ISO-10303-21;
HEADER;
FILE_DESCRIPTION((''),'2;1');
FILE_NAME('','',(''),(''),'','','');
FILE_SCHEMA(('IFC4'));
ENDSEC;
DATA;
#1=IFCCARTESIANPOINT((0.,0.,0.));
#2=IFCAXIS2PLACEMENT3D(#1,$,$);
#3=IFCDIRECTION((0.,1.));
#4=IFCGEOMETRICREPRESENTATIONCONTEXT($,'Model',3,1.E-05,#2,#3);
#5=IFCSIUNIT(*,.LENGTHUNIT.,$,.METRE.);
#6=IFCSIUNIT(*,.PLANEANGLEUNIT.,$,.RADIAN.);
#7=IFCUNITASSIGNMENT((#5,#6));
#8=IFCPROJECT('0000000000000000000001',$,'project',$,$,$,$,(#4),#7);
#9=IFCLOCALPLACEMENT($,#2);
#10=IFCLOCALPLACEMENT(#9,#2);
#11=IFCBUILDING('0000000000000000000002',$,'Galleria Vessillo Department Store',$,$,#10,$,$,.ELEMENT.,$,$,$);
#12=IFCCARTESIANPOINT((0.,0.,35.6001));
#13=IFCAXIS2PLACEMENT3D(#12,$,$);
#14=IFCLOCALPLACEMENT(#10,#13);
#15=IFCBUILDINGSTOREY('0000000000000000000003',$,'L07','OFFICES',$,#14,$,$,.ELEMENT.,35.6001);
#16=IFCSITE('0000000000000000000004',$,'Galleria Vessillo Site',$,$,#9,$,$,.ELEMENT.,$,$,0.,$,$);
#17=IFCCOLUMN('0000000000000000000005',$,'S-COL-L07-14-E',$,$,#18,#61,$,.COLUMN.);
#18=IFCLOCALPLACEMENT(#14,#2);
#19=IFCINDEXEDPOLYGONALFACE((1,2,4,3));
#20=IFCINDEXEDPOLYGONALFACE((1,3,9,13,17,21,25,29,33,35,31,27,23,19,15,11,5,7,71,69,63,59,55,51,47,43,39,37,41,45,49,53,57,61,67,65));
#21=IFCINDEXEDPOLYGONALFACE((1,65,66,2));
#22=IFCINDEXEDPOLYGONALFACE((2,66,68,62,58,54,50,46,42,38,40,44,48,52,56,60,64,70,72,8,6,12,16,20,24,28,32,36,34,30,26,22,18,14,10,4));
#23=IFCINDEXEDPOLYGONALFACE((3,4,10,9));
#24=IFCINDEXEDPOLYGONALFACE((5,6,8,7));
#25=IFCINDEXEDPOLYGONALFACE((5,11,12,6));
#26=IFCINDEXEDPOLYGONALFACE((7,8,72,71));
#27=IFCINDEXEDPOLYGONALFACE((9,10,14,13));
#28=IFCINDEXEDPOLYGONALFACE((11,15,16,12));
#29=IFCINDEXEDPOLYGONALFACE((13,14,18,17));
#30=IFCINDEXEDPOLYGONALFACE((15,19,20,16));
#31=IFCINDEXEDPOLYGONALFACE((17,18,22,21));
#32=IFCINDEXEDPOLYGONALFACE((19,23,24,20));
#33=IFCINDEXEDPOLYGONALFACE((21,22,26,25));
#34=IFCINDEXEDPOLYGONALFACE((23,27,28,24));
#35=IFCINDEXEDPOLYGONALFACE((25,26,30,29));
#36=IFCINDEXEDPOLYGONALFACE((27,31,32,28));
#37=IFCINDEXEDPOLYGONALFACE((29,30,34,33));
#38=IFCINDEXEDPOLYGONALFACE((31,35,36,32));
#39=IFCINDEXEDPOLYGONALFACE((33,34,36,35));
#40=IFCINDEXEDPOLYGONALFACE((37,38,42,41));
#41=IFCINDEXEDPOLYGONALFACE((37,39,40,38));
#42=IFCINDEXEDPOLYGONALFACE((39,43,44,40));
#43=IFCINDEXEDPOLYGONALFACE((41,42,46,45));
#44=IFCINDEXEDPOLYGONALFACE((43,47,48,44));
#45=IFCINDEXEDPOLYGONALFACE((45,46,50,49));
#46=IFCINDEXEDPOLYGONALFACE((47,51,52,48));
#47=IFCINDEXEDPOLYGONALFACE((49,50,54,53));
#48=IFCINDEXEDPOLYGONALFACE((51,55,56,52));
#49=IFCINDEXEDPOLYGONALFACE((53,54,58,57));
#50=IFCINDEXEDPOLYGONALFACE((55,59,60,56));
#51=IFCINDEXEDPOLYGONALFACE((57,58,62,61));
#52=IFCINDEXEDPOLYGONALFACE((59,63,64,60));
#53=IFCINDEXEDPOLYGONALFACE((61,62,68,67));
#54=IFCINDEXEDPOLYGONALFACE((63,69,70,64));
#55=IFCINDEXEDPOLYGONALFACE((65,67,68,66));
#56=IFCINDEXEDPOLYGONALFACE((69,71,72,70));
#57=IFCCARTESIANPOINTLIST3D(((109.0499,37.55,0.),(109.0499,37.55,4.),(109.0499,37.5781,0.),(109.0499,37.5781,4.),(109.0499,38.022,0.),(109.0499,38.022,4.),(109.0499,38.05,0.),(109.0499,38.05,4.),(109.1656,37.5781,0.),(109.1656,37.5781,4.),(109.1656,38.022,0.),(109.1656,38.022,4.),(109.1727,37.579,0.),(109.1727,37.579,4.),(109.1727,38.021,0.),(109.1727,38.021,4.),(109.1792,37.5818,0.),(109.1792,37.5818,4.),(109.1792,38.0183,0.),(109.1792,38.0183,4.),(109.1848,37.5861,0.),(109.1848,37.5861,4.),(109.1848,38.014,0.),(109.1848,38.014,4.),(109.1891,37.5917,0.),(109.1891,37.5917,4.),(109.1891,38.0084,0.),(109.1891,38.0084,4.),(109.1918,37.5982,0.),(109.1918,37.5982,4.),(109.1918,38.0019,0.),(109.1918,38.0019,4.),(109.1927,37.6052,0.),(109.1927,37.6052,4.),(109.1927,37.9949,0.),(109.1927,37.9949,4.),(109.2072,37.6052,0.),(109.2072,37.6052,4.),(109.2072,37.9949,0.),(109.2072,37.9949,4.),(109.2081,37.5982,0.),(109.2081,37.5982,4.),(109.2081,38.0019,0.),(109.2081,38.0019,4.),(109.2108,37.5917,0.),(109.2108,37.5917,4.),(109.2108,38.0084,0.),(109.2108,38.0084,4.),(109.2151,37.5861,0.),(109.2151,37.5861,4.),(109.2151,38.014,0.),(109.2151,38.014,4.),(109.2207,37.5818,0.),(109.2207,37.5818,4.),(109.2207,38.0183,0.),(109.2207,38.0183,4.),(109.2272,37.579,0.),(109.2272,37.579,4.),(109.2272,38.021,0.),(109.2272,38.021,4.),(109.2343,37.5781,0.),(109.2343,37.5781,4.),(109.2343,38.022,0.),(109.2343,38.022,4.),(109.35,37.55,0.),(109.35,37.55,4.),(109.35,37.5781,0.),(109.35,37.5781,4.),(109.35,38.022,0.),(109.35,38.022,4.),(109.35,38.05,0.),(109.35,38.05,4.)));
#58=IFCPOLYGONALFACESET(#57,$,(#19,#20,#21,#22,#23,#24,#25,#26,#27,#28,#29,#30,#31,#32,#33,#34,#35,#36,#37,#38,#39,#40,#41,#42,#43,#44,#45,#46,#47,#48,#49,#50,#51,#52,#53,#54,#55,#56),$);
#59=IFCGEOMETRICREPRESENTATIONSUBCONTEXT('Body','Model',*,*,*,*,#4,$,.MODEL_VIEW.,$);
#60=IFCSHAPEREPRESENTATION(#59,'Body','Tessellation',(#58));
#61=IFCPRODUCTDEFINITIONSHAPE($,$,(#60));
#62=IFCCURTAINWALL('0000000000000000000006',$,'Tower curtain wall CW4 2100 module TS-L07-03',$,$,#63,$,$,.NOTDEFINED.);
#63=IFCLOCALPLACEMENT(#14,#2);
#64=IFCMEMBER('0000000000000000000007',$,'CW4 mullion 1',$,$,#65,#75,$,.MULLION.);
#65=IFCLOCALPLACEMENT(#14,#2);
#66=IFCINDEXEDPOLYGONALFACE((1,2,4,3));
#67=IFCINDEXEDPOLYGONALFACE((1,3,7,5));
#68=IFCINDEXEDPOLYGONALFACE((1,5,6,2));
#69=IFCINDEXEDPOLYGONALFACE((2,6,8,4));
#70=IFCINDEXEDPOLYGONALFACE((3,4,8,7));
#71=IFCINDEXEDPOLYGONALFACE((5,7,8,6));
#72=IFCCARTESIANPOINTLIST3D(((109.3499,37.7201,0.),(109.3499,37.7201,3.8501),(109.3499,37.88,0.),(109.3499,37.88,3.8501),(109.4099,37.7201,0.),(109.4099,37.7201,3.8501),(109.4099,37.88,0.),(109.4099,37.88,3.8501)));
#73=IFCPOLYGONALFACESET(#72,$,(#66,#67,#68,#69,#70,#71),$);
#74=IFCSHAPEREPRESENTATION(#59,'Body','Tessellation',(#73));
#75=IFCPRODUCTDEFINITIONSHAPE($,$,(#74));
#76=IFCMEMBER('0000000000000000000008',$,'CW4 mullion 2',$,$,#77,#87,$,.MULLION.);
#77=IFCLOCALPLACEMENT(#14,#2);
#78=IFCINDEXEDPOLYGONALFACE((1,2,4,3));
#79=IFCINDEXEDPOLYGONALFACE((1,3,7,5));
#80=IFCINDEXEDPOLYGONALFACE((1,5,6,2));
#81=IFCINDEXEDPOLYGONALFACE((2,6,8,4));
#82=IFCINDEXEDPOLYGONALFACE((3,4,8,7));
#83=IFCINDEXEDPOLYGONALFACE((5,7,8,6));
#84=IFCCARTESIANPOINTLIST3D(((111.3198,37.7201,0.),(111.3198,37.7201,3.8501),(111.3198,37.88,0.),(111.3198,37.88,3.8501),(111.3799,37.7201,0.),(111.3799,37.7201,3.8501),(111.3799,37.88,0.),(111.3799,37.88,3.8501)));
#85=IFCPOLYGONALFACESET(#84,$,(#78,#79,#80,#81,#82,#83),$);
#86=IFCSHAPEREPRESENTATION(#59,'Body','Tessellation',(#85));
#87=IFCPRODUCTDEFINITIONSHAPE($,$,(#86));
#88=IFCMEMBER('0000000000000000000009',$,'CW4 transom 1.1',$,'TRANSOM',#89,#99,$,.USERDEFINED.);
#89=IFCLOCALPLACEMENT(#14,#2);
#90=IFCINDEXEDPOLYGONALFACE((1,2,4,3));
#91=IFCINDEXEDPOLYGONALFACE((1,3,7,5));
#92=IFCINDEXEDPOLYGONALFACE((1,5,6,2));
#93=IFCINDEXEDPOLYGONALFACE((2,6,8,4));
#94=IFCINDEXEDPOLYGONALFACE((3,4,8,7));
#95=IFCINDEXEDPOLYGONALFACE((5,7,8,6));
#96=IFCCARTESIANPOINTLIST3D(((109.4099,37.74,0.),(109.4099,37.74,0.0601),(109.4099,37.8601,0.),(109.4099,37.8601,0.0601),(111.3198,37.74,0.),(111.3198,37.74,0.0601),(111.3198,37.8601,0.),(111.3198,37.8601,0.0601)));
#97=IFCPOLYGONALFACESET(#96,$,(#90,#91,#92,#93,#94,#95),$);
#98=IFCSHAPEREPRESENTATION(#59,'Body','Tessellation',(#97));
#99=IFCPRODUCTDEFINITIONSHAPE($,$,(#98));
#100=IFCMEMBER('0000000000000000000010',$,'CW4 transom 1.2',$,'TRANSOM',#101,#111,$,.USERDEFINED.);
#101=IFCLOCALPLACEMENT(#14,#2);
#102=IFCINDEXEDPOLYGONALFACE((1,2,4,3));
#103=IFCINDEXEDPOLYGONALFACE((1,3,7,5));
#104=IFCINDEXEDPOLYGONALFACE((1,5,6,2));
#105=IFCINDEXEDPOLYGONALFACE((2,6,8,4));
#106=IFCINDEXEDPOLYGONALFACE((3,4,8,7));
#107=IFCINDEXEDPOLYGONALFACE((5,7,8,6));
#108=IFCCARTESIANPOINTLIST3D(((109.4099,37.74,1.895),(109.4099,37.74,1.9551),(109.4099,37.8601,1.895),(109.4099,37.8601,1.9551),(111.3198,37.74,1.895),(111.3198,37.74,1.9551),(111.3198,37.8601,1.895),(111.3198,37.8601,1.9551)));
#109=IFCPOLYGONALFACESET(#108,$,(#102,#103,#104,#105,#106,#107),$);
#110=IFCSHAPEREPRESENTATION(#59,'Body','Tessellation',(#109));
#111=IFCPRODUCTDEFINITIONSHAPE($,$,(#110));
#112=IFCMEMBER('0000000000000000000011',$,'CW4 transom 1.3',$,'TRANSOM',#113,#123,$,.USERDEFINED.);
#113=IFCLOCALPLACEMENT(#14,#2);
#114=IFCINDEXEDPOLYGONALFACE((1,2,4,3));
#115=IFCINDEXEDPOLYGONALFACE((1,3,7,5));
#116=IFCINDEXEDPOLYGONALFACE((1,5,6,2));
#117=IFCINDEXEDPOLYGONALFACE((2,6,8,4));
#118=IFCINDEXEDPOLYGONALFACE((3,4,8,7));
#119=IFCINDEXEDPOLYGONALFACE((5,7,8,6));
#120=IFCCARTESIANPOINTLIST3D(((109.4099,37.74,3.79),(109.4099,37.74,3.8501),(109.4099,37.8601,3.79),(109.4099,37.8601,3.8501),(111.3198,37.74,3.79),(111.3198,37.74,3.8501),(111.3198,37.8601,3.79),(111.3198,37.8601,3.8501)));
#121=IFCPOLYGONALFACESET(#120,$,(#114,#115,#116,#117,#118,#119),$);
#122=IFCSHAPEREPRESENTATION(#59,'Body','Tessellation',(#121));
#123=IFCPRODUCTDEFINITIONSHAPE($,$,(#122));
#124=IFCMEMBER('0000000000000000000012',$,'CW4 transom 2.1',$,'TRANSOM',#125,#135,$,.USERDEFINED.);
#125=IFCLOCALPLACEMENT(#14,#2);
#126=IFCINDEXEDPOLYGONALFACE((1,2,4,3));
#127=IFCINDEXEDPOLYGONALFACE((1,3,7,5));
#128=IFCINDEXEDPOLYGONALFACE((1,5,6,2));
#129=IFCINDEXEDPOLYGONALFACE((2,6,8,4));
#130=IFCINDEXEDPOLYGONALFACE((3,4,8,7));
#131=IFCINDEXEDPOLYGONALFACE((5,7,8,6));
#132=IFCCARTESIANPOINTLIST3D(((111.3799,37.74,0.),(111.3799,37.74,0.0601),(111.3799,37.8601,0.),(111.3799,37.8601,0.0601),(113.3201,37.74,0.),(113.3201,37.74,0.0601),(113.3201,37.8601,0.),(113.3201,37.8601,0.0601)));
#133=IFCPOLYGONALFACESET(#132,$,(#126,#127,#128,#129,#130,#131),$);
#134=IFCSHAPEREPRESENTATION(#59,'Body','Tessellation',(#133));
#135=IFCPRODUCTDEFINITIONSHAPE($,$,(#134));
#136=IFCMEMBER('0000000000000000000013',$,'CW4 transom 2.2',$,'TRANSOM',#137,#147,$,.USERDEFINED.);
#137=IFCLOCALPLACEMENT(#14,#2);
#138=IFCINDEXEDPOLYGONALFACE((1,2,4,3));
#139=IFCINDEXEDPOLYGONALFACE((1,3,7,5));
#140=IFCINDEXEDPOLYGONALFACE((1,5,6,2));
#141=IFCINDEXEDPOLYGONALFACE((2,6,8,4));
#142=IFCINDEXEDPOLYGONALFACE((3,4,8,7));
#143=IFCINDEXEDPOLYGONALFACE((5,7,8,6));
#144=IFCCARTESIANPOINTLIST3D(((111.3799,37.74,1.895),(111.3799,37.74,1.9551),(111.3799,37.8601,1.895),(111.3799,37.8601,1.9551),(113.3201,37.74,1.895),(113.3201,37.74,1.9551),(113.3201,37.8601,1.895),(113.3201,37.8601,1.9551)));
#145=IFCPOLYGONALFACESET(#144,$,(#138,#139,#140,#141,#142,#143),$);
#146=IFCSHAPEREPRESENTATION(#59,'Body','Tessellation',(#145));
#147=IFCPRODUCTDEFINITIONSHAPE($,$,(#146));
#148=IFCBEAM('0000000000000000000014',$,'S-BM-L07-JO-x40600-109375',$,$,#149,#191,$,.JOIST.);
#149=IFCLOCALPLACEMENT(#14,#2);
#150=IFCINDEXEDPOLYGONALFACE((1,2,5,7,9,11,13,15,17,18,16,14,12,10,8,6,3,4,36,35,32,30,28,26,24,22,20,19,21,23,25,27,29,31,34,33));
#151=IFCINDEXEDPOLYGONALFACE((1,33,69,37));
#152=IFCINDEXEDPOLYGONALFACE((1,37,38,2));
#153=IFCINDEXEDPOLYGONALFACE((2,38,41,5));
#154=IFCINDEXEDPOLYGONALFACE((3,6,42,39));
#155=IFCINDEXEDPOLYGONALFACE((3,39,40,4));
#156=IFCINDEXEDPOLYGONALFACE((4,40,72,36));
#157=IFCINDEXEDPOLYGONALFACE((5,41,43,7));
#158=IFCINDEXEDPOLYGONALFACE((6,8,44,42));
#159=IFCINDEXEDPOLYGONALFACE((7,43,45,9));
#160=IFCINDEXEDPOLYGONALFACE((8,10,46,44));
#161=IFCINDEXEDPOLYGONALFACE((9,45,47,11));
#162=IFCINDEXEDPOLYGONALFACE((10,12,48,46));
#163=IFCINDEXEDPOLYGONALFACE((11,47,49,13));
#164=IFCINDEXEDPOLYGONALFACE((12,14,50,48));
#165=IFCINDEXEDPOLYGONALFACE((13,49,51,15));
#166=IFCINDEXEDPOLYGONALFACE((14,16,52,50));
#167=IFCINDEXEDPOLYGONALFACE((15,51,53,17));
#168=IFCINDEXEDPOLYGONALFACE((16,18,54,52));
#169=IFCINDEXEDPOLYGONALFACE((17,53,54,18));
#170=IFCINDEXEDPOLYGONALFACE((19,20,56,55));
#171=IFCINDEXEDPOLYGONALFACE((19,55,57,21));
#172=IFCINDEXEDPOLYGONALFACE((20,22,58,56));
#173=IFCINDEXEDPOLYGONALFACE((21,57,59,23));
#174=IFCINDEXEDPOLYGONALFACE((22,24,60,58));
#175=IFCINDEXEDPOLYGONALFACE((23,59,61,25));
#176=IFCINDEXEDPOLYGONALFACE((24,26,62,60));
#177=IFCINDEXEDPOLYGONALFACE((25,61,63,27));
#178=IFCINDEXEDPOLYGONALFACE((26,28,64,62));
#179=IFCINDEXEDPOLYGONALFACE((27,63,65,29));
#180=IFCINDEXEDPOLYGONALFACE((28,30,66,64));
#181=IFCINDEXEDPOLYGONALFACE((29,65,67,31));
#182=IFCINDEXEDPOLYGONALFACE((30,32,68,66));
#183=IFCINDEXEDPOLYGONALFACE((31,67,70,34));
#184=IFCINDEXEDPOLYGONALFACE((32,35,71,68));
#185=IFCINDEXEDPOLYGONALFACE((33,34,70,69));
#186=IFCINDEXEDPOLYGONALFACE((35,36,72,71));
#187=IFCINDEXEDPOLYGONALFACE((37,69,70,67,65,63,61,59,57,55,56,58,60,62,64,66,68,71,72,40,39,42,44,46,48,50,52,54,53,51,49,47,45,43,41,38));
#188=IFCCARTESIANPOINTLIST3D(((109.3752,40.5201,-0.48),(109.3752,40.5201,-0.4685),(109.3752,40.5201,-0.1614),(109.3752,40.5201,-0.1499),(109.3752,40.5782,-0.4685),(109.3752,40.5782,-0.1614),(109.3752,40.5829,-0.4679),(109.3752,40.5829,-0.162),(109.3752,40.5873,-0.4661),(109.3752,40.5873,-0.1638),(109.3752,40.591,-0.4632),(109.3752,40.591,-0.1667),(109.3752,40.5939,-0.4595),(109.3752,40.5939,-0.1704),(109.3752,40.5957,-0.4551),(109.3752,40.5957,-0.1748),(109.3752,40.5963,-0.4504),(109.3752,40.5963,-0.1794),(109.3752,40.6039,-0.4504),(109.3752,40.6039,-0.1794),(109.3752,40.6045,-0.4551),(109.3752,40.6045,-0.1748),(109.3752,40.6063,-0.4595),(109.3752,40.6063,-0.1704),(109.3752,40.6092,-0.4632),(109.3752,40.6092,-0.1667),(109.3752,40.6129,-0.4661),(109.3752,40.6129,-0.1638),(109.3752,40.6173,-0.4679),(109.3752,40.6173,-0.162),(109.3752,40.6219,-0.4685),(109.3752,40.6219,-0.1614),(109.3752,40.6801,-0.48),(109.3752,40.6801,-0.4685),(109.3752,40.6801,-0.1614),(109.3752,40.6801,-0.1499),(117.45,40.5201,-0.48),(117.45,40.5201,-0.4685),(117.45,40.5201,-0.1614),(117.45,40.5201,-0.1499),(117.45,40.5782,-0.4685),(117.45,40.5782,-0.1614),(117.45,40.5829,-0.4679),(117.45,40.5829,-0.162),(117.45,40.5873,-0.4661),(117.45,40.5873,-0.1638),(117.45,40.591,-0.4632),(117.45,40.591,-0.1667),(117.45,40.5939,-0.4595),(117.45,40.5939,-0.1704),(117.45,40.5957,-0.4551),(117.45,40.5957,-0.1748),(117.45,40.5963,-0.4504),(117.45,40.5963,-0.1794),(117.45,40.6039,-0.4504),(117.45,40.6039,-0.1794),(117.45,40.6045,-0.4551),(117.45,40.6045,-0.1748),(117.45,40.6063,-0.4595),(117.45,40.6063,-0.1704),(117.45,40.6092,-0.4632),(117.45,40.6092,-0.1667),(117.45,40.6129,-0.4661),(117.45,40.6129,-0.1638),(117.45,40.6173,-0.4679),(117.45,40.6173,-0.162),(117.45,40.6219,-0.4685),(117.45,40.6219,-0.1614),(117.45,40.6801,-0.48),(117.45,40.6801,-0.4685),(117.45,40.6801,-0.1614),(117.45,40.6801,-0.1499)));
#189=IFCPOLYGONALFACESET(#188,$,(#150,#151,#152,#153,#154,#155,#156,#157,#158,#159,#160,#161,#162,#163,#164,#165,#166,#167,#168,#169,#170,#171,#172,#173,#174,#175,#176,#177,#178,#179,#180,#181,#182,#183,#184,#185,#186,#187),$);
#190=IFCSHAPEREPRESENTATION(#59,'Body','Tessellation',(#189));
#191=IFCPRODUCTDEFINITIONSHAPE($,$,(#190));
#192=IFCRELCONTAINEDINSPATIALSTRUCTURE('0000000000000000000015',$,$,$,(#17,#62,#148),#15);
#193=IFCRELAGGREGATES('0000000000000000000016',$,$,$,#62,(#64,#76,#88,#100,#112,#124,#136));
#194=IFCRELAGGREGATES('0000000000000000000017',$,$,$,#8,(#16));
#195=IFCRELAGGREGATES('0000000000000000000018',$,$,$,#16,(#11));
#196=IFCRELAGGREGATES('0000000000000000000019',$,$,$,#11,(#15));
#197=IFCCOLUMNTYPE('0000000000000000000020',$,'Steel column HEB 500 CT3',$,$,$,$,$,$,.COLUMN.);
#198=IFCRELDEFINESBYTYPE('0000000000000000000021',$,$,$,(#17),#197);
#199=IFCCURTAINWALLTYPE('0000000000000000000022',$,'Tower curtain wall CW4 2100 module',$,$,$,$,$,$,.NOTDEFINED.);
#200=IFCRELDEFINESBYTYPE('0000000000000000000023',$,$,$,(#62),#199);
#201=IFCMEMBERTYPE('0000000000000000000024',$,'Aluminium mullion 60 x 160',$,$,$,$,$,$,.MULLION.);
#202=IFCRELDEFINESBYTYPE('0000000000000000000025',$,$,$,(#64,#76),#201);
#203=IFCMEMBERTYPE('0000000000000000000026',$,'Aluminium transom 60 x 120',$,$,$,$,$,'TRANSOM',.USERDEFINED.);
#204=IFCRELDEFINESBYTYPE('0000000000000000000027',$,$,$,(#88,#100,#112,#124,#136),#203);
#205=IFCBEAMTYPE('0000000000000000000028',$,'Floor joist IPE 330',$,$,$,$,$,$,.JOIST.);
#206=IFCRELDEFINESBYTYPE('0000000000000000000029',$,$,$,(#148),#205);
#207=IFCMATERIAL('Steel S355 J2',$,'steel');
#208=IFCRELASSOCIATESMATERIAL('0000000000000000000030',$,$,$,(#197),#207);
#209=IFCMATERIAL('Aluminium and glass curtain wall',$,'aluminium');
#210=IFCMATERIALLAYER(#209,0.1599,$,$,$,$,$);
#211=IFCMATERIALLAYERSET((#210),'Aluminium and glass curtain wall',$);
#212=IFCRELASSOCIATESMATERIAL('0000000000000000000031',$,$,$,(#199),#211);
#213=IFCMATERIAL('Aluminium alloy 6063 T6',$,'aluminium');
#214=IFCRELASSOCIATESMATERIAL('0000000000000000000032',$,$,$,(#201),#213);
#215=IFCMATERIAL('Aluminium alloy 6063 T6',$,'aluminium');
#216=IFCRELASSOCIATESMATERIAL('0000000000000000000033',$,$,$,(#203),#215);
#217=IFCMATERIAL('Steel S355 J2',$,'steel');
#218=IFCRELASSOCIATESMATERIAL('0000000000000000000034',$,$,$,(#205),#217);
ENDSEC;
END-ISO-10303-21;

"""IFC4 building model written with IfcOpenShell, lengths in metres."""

from ifc_helpers import new_model, si_unit, direction, frame, origin, origin_2d, place, context, subcontext, project, spatial, rectangle, i_section, extrude, material, layer, layer_set, material_profile, profile_set, type_object, element, aggregate, save


model = new_model("IFC4")

# Units and contexts
model_context = context("Model", 3, precision=1e-05, world=origin(), true_north=direction((0.0, 1.0)))
body_context = subcontext(model_context, "Body", "Model", "MODEL_VIEW")
ifc_project = project(units=[si_unit("LENGTHUNIT", "METRE"), si_unit("PLANEANGLEUNIT", "RADIAN")], contexts=[model_context])

# Site, building, storey
site_placement = place(None, origin())
site = spatial("IfcSite", under=ifc_project, at=site_placement, Name="Galleria Vessillo Site", CompositionType="ELEMENT", RefElevation=0.0)
building_placement = place(site_placement, origin())
building = spatial("IfcBuilding", under=site, at=building_placement, Name="Galleria Vessillo Department Store", CompositionType="ELEMENT")
storey_placement = place(building_placement, frame((0.0, 0.0, 35.6001)))
storey = spatial("IfcBuildingStorey", under=building, at=storey_placement, Name="L07", Description="OFFICES", CompositionType="ELEMENT", Elevation=35.6001)

# Column
ifc_material_1 = material(Name="Steel S355 J2", Category="steel")
ifc_material_profile_1 = material_profile(ifc_material_1, i_section(OverallWidth=0.3, OverallDepth=0.5, WebThickness=0.0144, FlangeThickness=0.0281, FilletRadius=0.0271, at=origin_2d()), Name="HEB 500")
ifc_profile_set_1 = profile_set([ifc_material_profile_1], Name="Steel S355 J2")
column_type = type_object("IfcColumnType", Name="Steel column HEB 500 CT3", PredefinedType="COLUMN", material=ifc_profile_set_1)
column_placement = place(storey_placement, frame((109.2, 37.8, 0.0), z_axis=(0.0, 0.0, 1.0), x_axis=(1.0, 0.0, 0.0)))
element("IfcColumn", 1, at=column_placement, inside=storey, type_object=column_type, Name="S-COL-L07-14-E", PredefinedType="COLUMN", context=body_context, shape_type="SweptSolid", body=[
    extrude(i_section(OverallWidth=0.3, OverallDepth=0.5, WebThickness=0.0144, FlangeThickness=0.0281, FilletRadius=0.0271, at=origin_2d()), origin(), (0.0, 0.0, 1.0), 4.0),
])

# Curtain wall, members
ifc_material_2 = material(Name="Aluminium and glass curtain wall", Category="aluminium")
ifc_layer_1 = layer(ifc_material_2, 0.1599)
ifc_layer_set_1 = layer_set([ifc_layer_1], Name="Aluminium and glass curtain wall")
curtain_wall_type = type_object("IfcCurtainWallType", Name="Tower curtain wall CW4 2100 module", PredefinedType="NOTDEFINED", material=ifc_layer_set_1)
curtain_wall_placement = place(storey_placement, origin())
curtain_wall = element("IfcCurtainWall", 2, at=curtain_wall_placement, inside=storey, type_object=curtain_wall_type, Name="Tower curtain wall CW4 2100 module TS-L07-03", PredefinedType="NOTDEFINED")
ifc_material_3 = material(Name="Aluminium alloy 6063 T6", Category="aluminium")
ifc_material_profile_2 = material_profile(ifc_material_3, rectangle(XDim=0.1599, YDim=0.0601, at=origin_2d()), Name="AL 60x160")
ifc_profile_set_2 = profile_set([ifc_material_profile_2], Name="Aluminium alloy 6063 T6")
member_type_1 = type_object("IfcMemberType", Name="Aluminium mullion 60 x 160", PredefinedType="MULLION", material=ifc_profile_set_2)
member_1_placement = place(storey_placement, frame((109.3799, 37.8, 0.0), z_axis=(0.0, 0.0, 1.0), x_axis=(0.0, 1.0, 0.0)))
member_1 = element("IfcMember", 3, at=member_1_placement, type_object=member_type_1, Name="CW4 mullion 1", PredefinedType="MULLION", context=body_context, shape_type="SweptSolid", body=[
    extrude(rectangle(XDim=0.1599, YDim=0.0601, at=origin_2d()), origin(), (0.0, 0.0, 1.0), 3.8501),
])
member_2_placement = place(storey_placement, frame((111.3499, 37.8, 0.0), z_axis=(0.0, 0.0, 1.0), x_axis=(0.0, 1.0, 0.0)))
member_2 = element("IfcMember", 4, at=member_2_placement, type_object=member_type_1, Name="CW4 mullion 2", PredefinedType="MULLION", context=body_context, shape_type="SweptSolid", body=[
    extrude(rectangle(XDim=0.1599, YDim=0.0601, at=origin_2d()), origin(), (0.0, 0.0, 1.0), 3.8501),
])
ifc_material_4 = material(Name="Aluminium alloy 6063 T6", Category="aluminium")
ifc_material_profile_3 = material_profile(ifc_material_4, rectangle(XDim=0.1201, YDim=0.0601, at=origin_2d()), Name="AL 60x120")
ifc_profile_set_3 = profile_set([ifc_material_profile_3], Name="Aluminium alloy 6063 T6")
member_type_2 = type_object("IfcMemberType", Name="Aluminium transom 60 x 120", ElementType="TRANSOM", PredefinedType="USERDEFINED", material=ifc_profile_set_3)
member_3_placement = place(storey_placement, frame((109.4099, 37.8, 0.03), z_axis=(1.0, 0.0, 0.0), x_axis=(0.0, 1.0, 0.0)))
member_3 = element("IfcMember", 5, at=member_3_placement, type_object=member_type_2, Name="CW4 transom 1.1", ObjectType="TRANSOM", PredefinedType="USERDEFINED", context=body_context, shape_type="SweptSolid", body=[
    extrude(rectangle(XDim=0.1201, YDim=0.0601, at=origin_2d()), origin(), (0.0, 0.0, 1.0), 1.9099),
])
member_4_placement = place(storey_placement, frame((109.4099, 37.8, 1.925), z_axis=(1.0, 0.0, 0.0), x_axis=(0.0, 1.0, 0.0)))
member_4 = element("IfcMember", 6, at=member_4_placement, type_object=member_type_2, Name="CW4 transom 1.2", ObjectType="TRANSOM", PredefinedType="USERDEFINED", context=body_context, shape_type="SweptSolid", body=[
    extrude(rectangle(XDim=0.1201, YDim=0.0601, at=origin_2d()), origin(), (0.0, 0.0, 1.0), 1.9099),
])
member_5_placement = place(storey_placement, frame((109.4099, 37.8, 3.8201), z_axis=(1.0, 0.0, 0.0), x_axis=(0.0, 1.0, 0.0)))
member_5 = element("IfcMember", 7, at=member_5_placement, type_object=member_type_2, Name="CW4 transom 1.3", ObjectType="TRANSOM", PredefinedType="USERDEFINED", context=body_context, shape_type="SweptSolid", body=[
    extrude(rectangle(XDim=0.1201, YDim=0.0601, at=origin_2d()), origin(), (0.0, 0.0, 1.0), 1.9099),
])
member_6_placement = place(storey_placement, frame((111.3799, 37.8, 0.03), z_axis=(1.0, 0.0, 0.0), x_axis=(0.0, 1.0, 0.0)))
member_6 = element("IfcMember", 8, at=member_6_placement, type_object=member_type_2, Name="CW4 transom 2.1", ObjectType="TRANSOM", PredefinedType="USERDEFINED", context=body_context, shape_type="SweptSolid", body=[
    extrude(rectangle(XDim=0.1201, YDim=0.0601, at=origin_2d()), origin(), (0.0, 0.0, 1.0), 1.9402),
])
member_7_placement = place(storey_placement, frame((111.3799, 37.8, 1.925), z_axis=(1.0, 0.0, 0.0), x_axis=(0.0, 1.0, 0.0)))
member_7 = element("IfcMember", 9, at=member_7_placement, type_object=member_type_2, Name="CW4 transom 2.2", ObjectType="TRANSOM", PredefinedType="USERDEFINED", context=body_context, shape_type="SweptSolid", body=[
    extrude(rectangle(XDim=0.1201, YDim=0.0601, at=origin_2d()), origin(), (0.0, 0.0, 1.0), 1.9402),
])

# Beam
ifc_material_5 = material(Name="Steel S355 J2", Category="steel")
ifc_material_profile_4 = material_profile(ifc_material_5, i_section(OverallWidth=0.1599, OverallDepth=0.3301, WebThickness=0.0076, FlangeThickness=0.0115, FilletRadius=0.0181, at=origin_2d()), Name="IPE 330")
ifc_profile_set_4 = profile_set([ifc_material_profile_4], Name="Steel S355 J2")
beam_type = type_object("IfcBeamType", Name="Floor joist IPE 330", PredefinedType="JOIST", material=ifc_profile_set_4)
for number, where, z_axis, x_axis, name in (
    (10, (109.3752, 40.6001, -0.3149), (1.0, 0.0, 0.0), (0.0, 1.0, 0.0), "S-BM-L07-JO-x40600-109375"),
):
    element("IfcBeam", number, at=place(storey_placement, frame(where, z_axis=z_axis, x_axis=x_axis)), inside=storey, type_object=beam_type, Name=name, PredefinedType="JOIST", context=body_context, shape_type="SweptSolid", body=[
        extrude(i_section(OverallWidth=0.1599, OverallDepth=0.3301, WebThickness=0.0076, FlangeThickness=0.0115, FilletRadius=0.0181, at=origin_2d()), origin(), (0.0, 0.0, 1.0), 8.0747),
    ])

aggregate(curtain_wall, [member_1, member_2, member_3, member_4, member_5, member_6, member_7])

save(model, "model.ifc")
